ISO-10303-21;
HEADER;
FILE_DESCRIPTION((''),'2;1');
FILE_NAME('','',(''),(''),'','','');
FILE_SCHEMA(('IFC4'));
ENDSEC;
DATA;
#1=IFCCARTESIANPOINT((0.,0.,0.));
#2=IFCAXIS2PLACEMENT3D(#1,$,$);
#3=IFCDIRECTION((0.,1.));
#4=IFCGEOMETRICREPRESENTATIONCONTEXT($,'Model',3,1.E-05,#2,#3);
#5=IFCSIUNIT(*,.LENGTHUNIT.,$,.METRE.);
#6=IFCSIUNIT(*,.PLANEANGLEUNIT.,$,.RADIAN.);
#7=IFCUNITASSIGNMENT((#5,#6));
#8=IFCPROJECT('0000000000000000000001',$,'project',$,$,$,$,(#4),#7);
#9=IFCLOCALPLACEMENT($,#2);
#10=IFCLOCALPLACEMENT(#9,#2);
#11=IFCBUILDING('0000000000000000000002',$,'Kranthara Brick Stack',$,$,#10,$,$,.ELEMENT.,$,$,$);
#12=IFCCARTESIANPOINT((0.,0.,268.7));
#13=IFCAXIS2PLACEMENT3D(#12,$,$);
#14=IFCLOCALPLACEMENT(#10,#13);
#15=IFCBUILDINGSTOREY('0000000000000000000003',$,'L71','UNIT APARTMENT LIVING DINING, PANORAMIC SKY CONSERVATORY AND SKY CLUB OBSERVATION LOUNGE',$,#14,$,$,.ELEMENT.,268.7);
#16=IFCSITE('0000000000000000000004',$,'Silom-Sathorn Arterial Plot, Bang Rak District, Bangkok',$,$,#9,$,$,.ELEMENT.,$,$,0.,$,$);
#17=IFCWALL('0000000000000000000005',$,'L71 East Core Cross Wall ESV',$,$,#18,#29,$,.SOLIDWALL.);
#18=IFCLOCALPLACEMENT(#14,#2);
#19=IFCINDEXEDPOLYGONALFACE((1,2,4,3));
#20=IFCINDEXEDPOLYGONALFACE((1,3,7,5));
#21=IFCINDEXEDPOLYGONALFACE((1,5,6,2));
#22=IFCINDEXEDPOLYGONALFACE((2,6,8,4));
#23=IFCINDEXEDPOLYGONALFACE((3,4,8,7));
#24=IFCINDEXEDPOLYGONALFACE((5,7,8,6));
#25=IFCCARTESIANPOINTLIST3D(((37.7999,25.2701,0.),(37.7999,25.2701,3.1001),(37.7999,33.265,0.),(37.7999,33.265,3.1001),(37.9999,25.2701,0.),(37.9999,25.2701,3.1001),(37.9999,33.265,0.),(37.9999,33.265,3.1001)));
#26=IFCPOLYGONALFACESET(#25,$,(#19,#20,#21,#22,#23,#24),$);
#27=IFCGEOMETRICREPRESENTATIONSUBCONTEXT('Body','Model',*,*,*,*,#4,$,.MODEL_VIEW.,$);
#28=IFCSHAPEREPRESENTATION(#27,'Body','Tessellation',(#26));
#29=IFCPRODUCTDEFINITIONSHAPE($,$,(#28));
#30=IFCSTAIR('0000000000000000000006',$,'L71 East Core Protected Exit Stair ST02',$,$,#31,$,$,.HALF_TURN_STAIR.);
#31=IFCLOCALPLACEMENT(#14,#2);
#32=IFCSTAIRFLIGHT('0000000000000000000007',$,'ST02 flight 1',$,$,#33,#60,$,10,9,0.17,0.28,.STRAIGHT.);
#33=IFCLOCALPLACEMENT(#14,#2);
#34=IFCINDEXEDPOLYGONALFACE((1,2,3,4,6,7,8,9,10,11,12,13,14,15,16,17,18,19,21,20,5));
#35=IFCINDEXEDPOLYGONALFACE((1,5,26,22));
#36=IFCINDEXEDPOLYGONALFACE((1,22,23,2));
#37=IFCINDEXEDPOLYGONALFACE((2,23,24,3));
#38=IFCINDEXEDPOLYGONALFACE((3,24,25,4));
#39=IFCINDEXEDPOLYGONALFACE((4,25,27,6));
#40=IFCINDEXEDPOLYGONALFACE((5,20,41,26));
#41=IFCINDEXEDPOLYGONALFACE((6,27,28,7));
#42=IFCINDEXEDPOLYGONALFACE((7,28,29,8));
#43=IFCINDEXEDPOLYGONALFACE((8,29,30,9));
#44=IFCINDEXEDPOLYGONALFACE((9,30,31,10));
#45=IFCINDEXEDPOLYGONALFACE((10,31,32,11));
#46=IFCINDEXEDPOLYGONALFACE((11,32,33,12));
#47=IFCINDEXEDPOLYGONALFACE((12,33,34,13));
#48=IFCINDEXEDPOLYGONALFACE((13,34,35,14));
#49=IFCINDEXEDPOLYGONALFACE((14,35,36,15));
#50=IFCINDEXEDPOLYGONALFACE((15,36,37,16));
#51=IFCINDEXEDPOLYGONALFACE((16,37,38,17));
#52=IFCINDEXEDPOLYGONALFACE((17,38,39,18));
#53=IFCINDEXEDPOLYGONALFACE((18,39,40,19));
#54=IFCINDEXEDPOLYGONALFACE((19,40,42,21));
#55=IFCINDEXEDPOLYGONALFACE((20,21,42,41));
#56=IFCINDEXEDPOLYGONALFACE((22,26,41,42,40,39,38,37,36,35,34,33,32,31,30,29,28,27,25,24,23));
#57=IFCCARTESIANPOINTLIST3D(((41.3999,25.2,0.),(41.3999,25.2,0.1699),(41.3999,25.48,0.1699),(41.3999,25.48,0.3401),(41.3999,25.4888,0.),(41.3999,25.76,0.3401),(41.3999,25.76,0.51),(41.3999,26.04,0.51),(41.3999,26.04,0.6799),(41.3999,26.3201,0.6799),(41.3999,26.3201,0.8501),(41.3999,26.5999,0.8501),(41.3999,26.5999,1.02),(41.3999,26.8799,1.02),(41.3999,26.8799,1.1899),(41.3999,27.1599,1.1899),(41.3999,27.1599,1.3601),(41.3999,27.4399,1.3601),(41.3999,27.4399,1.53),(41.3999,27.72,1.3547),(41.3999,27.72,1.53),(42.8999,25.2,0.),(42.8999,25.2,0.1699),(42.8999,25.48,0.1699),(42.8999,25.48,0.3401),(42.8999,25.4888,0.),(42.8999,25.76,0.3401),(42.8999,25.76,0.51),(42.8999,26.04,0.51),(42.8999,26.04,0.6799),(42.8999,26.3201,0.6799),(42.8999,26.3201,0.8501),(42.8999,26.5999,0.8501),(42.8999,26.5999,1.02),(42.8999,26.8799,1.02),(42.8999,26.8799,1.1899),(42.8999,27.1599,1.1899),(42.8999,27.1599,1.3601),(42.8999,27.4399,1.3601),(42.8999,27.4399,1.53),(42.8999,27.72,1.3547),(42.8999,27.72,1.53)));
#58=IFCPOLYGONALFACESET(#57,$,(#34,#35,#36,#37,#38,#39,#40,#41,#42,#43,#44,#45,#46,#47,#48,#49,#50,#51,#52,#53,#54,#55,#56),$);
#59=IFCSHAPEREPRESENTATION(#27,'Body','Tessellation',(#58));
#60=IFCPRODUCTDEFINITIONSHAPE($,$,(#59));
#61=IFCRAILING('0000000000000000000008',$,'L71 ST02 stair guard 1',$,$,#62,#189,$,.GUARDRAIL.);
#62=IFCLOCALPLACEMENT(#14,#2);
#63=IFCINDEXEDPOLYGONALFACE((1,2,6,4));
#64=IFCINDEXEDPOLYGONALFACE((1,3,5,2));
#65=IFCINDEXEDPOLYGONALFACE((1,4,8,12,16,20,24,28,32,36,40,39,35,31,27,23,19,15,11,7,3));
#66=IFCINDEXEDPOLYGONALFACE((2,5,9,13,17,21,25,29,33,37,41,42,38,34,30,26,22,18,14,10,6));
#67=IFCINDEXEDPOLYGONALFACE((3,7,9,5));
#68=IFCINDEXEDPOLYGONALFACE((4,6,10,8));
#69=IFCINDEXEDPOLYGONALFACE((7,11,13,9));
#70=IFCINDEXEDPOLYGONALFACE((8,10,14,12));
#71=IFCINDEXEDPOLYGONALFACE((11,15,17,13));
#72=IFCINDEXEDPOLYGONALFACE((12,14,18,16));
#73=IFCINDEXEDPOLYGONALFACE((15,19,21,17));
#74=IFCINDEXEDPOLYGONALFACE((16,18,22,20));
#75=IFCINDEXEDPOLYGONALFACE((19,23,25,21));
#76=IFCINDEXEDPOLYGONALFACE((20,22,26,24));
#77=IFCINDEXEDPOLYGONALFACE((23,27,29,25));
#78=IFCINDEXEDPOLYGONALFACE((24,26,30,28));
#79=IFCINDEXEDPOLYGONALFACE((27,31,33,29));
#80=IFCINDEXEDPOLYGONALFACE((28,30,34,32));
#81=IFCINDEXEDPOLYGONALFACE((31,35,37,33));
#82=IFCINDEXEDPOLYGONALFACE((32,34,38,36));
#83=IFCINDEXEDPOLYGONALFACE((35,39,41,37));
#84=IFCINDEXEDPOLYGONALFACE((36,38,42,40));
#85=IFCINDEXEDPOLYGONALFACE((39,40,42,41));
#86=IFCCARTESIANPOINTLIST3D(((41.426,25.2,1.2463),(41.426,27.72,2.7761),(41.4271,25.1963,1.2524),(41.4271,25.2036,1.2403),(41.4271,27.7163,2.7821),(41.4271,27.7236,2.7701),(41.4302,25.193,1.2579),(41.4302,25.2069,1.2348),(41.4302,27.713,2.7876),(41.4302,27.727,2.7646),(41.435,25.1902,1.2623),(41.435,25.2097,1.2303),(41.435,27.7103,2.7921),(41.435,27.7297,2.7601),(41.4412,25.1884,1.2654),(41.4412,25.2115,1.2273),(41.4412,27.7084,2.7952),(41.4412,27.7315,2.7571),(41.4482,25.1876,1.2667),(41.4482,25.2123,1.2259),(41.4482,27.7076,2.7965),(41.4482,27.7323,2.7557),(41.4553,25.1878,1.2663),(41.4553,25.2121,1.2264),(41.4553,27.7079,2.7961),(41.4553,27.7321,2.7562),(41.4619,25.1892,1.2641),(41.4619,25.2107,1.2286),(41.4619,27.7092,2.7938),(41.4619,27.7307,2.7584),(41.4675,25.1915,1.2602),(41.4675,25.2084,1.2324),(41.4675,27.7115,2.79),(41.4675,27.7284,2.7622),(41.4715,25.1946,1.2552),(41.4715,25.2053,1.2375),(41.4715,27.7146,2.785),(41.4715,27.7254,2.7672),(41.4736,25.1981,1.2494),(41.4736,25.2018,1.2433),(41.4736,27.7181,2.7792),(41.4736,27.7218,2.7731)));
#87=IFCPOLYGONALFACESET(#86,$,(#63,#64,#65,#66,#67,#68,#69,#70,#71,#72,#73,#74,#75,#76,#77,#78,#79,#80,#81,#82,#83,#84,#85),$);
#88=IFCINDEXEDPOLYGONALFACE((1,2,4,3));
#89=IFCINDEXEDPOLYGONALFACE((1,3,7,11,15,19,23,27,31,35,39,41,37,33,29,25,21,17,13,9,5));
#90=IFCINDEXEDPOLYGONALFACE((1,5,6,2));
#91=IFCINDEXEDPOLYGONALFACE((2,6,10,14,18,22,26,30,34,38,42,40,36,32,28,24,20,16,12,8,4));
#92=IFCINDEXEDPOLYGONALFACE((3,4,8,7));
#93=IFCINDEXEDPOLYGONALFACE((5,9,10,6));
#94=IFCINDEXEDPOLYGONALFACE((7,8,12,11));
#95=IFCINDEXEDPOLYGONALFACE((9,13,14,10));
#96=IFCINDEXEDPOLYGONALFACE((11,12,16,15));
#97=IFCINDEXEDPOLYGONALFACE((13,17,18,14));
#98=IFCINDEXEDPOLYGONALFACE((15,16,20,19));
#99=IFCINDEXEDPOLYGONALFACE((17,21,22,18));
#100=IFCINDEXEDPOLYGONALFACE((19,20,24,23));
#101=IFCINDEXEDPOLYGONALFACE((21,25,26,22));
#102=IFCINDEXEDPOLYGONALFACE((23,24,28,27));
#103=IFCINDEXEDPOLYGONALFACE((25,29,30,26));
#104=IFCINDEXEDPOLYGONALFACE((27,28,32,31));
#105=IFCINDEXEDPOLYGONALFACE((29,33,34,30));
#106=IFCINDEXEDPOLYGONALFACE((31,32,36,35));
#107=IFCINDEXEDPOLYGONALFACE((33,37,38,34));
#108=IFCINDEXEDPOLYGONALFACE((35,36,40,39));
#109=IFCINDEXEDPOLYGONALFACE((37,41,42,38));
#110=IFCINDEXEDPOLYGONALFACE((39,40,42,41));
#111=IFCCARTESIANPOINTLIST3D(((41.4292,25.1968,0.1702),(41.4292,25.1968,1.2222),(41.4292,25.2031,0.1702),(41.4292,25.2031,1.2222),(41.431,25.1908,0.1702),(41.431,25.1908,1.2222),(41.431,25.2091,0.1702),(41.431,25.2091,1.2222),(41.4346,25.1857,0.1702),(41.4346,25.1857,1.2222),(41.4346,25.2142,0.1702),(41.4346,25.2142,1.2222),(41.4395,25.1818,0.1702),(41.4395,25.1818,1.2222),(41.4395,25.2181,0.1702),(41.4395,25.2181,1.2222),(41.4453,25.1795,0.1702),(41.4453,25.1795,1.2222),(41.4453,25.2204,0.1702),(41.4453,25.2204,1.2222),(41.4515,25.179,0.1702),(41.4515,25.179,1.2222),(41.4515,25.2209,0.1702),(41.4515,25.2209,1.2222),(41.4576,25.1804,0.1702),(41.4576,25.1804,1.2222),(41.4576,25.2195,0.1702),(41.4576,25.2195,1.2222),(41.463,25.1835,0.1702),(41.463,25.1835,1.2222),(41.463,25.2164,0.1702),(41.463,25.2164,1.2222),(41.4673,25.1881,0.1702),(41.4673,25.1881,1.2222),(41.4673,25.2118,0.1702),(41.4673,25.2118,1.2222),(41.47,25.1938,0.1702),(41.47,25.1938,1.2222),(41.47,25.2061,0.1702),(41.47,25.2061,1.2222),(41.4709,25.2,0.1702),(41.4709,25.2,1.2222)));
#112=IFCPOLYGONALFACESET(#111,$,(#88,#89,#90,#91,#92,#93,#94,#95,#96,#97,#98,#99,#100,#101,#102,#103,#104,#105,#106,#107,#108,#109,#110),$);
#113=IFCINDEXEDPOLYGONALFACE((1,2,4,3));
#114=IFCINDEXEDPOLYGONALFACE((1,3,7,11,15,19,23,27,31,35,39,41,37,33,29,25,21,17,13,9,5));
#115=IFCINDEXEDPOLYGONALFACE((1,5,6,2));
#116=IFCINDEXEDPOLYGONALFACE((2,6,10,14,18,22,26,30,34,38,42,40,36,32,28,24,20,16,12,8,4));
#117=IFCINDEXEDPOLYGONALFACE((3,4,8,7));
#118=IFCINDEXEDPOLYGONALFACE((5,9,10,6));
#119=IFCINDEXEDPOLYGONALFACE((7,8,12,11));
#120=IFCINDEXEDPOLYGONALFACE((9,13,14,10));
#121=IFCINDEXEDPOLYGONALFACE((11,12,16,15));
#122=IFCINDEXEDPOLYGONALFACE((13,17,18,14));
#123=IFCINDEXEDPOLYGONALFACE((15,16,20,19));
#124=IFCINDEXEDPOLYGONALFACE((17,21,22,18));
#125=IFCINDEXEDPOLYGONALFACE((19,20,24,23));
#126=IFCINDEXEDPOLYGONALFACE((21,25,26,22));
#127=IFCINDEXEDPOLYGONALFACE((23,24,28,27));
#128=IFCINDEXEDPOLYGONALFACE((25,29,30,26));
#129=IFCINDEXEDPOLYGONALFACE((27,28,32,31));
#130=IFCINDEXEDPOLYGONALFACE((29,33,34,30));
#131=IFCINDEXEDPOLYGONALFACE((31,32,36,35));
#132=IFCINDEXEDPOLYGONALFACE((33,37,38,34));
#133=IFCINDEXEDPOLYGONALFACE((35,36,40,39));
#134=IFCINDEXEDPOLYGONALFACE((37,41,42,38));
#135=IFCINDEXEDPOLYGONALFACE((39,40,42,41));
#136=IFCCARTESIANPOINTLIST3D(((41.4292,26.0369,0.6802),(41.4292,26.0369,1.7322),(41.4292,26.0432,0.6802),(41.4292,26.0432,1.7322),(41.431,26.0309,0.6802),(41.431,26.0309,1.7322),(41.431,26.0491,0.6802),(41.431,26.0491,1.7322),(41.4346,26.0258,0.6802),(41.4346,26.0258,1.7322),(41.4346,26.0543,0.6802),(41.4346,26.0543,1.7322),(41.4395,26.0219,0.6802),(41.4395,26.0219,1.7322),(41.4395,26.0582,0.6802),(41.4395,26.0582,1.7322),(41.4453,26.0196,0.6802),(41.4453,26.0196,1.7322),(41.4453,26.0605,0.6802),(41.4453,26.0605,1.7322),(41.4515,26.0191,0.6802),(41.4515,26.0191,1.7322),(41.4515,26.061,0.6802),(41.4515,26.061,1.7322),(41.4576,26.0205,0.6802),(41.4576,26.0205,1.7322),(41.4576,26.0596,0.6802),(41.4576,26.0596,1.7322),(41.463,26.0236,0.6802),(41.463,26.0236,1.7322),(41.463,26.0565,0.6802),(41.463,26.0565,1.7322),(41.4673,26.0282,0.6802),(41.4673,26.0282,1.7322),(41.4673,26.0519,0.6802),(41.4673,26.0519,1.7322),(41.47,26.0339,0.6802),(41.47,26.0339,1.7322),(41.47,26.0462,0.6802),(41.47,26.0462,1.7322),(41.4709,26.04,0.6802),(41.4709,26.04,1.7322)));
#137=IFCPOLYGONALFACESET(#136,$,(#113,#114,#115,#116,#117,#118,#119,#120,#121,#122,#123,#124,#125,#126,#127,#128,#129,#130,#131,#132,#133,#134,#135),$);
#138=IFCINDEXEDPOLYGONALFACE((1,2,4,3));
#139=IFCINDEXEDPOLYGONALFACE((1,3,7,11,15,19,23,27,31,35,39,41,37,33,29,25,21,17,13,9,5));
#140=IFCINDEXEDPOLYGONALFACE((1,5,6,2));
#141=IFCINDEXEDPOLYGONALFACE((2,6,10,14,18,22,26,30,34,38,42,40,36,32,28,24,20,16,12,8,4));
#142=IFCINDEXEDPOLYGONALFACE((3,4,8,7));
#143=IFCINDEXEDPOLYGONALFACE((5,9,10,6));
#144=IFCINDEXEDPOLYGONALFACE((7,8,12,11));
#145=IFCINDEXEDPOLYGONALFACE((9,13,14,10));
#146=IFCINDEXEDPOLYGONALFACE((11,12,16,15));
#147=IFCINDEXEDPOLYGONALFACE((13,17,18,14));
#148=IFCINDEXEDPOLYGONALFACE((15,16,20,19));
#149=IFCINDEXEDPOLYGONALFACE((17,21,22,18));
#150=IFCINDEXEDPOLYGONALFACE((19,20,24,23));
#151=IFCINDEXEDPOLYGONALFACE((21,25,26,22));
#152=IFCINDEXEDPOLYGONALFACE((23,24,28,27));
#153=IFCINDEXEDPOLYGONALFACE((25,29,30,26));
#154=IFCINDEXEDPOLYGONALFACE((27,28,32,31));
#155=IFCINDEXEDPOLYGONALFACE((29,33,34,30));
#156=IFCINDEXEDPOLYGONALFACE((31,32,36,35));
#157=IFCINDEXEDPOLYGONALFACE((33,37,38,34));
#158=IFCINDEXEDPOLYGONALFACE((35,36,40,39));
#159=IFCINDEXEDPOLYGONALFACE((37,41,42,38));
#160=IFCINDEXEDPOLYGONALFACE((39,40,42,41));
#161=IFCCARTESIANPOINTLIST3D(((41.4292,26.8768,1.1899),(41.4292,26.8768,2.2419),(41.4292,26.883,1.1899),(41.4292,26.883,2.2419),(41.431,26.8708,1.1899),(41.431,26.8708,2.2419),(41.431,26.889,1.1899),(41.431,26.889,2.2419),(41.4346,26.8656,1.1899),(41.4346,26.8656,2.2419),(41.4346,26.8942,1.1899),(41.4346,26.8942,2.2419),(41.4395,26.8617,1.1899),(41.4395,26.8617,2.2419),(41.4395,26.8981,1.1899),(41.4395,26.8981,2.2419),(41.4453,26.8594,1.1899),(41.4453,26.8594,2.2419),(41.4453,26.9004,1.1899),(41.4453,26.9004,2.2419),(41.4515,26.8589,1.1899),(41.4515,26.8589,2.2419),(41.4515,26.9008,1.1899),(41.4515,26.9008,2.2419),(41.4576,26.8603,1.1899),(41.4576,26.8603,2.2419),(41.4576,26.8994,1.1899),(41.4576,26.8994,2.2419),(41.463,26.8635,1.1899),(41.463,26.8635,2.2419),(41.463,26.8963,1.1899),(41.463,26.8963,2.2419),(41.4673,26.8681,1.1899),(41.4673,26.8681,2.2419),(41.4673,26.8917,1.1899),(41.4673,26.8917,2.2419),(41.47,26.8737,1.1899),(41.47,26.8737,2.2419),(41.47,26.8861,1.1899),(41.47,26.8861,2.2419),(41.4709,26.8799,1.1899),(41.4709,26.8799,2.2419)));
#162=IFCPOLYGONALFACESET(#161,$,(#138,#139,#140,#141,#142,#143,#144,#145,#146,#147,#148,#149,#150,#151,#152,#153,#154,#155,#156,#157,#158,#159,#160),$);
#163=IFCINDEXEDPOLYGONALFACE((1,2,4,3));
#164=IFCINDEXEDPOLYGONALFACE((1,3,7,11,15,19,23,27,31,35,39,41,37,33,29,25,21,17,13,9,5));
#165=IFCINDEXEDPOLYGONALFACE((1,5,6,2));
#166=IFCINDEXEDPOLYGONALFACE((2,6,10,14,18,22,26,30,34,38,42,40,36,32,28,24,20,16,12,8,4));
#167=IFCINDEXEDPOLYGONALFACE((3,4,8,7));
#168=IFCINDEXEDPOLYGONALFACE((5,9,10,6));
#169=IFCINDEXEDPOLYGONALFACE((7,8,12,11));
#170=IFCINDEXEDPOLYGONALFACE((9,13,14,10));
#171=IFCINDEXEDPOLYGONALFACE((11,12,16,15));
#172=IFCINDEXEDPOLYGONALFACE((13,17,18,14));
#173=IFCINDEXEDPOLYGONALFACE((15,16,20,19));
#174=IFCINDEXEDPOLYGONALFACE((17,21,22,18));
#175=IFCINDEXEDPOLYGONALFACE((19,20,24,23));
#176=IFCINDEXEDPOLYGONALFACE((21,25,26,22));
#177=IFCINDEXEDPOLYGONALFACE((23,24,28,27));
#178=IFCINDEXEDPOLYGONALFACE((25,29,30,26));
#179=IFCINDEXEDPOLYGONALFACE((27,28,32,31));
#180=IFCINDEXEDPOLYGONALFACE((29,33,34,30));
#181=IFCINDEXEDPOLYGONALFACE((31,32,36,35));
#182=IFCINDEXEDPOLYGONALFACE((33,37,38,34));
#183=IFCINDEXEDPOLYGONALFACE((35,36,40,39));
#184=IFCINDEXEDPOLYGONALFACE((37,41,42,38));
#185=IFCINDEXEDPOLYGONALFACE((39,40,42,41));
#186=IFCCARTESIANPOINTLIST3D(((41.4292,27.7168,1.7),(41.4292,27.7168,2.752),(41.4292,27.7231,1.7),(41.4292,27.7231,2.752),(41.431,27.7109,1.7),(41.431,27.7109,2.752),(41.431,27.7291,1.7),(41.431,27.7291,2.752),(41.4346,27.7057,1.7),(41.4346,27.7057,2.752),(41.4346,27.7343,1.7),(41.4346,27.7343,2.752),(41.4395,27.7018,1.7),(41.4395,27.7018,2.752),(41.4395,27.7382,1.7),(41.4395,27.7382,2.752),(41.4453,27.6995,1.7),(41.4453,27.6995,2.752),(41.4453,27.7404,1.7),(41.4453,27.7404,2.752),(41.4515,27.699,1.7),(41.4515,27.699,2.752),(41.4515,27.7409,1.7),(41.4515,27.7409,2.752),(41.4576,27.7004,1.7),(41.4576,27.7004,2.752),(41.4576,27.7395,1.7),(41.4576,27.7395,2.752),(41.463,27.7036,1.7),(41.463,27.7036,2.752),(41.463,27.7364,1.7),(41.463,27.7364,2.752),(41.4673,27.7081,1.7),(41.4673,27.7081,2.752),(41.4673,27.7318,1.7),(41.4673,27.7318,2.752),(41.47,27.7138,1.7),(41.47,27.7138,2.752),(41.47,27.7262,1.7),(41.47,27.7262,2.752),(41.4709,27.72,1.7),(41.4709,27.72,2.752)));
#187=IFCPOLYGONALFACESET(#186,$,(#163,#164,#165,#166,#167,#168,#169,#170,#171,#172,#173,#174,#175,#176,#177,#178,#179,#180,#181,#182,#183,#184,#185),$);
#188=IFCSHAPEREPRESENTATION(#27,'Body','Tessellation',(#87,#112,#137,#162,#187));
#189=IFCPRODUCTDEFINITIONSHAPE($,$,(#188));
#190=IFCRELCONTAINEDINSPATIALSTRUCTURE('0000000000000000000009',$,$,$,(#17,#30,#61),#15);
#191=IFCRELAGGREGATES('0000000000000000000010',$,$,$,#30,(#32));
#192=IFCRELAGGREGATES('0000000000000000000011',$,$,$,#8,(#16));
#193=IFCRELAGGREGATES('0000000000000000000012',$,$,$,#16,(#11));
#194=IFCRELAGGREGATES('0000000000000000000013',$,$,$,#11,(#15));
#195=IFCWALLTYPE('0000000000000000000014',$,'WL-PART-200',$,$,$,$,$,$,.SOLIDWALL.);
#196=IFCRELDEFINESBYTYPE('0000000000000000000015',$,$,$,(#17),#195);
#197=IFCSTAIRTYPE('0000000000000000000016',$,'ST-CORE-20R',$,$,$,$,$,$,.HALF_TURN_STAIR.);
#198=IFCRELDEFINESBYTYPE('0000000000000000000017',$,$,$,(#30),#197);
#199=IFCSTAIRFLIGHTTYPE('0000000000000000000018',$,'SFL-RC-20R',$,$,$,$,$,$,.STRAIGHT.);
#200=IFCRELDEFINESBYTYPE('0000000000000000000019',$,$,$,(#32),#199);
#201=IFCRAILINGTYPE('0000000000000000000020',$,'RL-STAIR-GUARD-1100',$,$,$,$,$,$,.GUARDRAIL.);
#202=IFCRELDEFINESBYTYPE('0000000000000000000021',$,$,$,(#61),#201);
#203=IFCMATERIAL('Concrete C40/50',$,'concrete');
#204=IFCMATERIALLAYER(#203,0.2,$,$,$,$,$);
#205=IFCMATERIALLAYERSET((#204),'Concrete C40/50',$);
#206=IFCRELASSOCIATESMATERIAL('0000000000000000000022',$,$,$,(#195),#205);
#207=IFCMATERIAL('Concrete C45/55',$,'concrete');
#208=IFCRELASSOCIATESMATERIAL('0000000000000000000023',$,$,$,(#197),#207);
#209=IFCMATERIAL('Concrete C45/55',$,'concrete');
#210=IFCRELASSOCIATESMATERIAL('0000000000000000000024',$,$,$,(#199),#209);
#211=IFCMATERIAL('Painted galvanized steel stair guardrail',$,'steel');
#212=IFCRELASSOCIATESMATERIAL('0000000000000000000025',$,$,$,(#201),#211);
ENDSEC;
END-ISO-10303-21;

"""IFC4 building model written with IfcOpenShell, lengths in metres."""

from ifc_helpers import new_model, si_unit, direction, frame, frame_2d, origin, origin_2d, place, context, subcontext, project, spatial, polyline, rectangle, circle, outline, extrude, material, layer, layer_set, type_object, element, aggregate, save


model = new_model("IFC4")

# Units and contexts
model_context = context("Model", 3, precision=1e-05, world=origin(), true_north=direction((0.0, 1.0)))
body_context = subcontext(model_context, "Body", "Model", "MODEL_VIEW")
ifc_project = project(units=[si_unit("LENGTHUNIT", "METRE"), si_unit("PLANEANGLEUNIT", "RADIAN")], contexts=[model_context])

# Site, building, storey
site_placement = place(None, origin())
site = spatial("IfcSite", under=ifc_project, at=site_placement, Name="Silom-Sathorn Arterial Plot, Bang Rak District, Bangkok", CompositionType="ELEMENT", RefElevation=0.0)
building_placement = place(site_placement, origin())
building = spatial("IfcBuilding", under=site, at=building_placement, Name="Kranthara Brick Stack", CompositionType="ELEMENT")
storey_placement = place(building_placement, frame((0.0, 0.0, 268.7)))
storey = spatial("IfcBuildingStorey", under=building, at=storey_placement, Name="L71", Description="UNIT APARTMENT LIVING DINING, PANORAMIC SKY CONSERVATORY AND SKY CLUB OBSERVATION LOUNGE", CompositionType="ELEMENT", Elevation=268.7)

# Wall
ifc_material_1 = material(Name="Concrete C40/50", Category="concrete")
ifc_layer_1 = layer(ifc_material_1, 0.2)
ifc_layer_set_1 = layer_set([ifc_layer_1], Name="Concrete C40/50")
wall_type_1 = type_object("IfcWallType", Name="WL-PART-200", PredefinedType="SOLIDWALL", material=ifc_layer_set_1)
wall_1_placement = place(storey_placement, frame((37.8999, 25.27, 0.0), z_axis=(0.0, 0.0, 1.0), x_axis=(0.0, 1.0, 0.0)))
element("IfcWall", 1, at=wall_1_placement, inside=storey, type_object=wall_type_1, Name="L71 East Core Cross Wall ESV", PredefinedType="SOLIDWALL", context=body_context, shape_type="SweptSolid", body=[
    extrude(rectangle(XDim=7.9949, YDim=0.2, at=frame_2d((3.9976, 0.0))), origin(), (0.0, 0.0, 1.0), 3.1001),
])

# Stair, stair flight
ifc_material_2 = material(Name="Concrete C45/55", Category="concrete")
stair_type = type_object("IfcStairType", Name="ST-CORE-20R", PredefinedType="HALF_TURN_STAIR", material=ifc_material_2)
stair_placement = place(storey_placement, origin())
stair = element("IfcStair", 2, at=stair_placement, inside=storey, type_object=stair_type, Name="L71 East Core Protected Exit Stair ST02", PredefinedType="HALF_TURN_STAIR")
ifc_material_3 = material(Name="Concrete C45/55", Category="concrete")
stair_flight_type = type_object("IfcStairFlightType", Name="SFL-RC-20R", PredefinedType="STRAIGHT", material=ifc_material_3)
stair_flight_placement = place(storey_placement, frame((42.1499, 25.2, 0.0), z_axis=(0.0, 0.0, 1.0), x_axis=(0.0, 1.0, 0.0)))
stair_flight = element("IfcStairFlight", 3, at=stair_flight_placement, type_object=stair_flight_type, Name="ST02 flight 1", NumberOfRisers=10, NumberOfTreads=9, PredefinedType="STRAIGHT", RiserHeight=0.17, TreadLength=0.28, context=body_context, shape_type="SweptSolid", body=[
    extrude(outline(polyline([(0.0, 0.0), (0.0, 0.1699), (0.28, 0.1699), (0.28, 0.3401), (0.5601, 0.3401), (0.5601, 0.51), (0.8401, 0.51), (0.8401, 0.6799), (1.1201, 0.6799), (1.1201, 0.8501), (1.3999, 0.8501), (1.3999, 1.02), (1.6799, 1.02), (1.6799, 1.1899), (1.96, 1.1899), (1.96, 1.3601), (2.24, 1.3601), (2.24, 1.53), (2.52, 1.53), (2.52, 1.7), (2.52, 1.3547), (0.2888, 0.0), (0.0, 0.0)])), frame((0.0, 0.75, 0.0), z_axis=(0.0, -1.0, 0.0), x_axis=(1.0, 0.0, 0.0)), (0.0, 0.0, 1.0), 1.5),
])
aggregate(stair, [stair_flight])

# Railing
ifc_material_4 = material(Name="Painted galvanized steel stair guardrail", Category="steel")
railing_type_1 = type_object("IfcRailingType", Name="RL-STAIR-GUARD-1100", PredefinedType="GUARDRAIL", material=ifc_material_4)
railing_1_placement = place(storey_placement, frame((41.45, 25.2, 0.1702)))
element("IfcRailing", 4, at=railing_1_placement, inside=storey, type_object=railing_type_1, Name="L71 ST02 stair guard 1", PredefinedType="GUARDRAIL", context=body_context, shape_type="SweptSolid", body=[
    extrude(circle(Radius=0.0239, at=origin_2d()), frame((0.0, 0.0, 1.0762), z_axis=(0.0, 0.854822, 0.518922), x_axis=(-1.0, 0.0, 0.0)), (0.0, 0.0, 1.0), 2.948),
    extrude(circle(Radius=0.021, at=origin_2d()), origin(), (0.0, 0.0, 1.0), 1.052),
    extrude(circle(Radius=0.021, at=origin_2d()), frame((0.0, 0.8401, 0.51)), (0.0, 0.0, 1.0), 1.052),
    extrude(circle(Radius=0.021, at=origin_2d()), frame((0.0, 1.6799, 1.0198)), (0.0, 0.0, 1.0), 1.052),
    extrude(circle(Radius=0.021, at=origin_2d()), frame((0.0, 2.52, 1.5298)), (0.0, 0.0, 1.0), 1.052),
])

save(model, "model.ifc")
